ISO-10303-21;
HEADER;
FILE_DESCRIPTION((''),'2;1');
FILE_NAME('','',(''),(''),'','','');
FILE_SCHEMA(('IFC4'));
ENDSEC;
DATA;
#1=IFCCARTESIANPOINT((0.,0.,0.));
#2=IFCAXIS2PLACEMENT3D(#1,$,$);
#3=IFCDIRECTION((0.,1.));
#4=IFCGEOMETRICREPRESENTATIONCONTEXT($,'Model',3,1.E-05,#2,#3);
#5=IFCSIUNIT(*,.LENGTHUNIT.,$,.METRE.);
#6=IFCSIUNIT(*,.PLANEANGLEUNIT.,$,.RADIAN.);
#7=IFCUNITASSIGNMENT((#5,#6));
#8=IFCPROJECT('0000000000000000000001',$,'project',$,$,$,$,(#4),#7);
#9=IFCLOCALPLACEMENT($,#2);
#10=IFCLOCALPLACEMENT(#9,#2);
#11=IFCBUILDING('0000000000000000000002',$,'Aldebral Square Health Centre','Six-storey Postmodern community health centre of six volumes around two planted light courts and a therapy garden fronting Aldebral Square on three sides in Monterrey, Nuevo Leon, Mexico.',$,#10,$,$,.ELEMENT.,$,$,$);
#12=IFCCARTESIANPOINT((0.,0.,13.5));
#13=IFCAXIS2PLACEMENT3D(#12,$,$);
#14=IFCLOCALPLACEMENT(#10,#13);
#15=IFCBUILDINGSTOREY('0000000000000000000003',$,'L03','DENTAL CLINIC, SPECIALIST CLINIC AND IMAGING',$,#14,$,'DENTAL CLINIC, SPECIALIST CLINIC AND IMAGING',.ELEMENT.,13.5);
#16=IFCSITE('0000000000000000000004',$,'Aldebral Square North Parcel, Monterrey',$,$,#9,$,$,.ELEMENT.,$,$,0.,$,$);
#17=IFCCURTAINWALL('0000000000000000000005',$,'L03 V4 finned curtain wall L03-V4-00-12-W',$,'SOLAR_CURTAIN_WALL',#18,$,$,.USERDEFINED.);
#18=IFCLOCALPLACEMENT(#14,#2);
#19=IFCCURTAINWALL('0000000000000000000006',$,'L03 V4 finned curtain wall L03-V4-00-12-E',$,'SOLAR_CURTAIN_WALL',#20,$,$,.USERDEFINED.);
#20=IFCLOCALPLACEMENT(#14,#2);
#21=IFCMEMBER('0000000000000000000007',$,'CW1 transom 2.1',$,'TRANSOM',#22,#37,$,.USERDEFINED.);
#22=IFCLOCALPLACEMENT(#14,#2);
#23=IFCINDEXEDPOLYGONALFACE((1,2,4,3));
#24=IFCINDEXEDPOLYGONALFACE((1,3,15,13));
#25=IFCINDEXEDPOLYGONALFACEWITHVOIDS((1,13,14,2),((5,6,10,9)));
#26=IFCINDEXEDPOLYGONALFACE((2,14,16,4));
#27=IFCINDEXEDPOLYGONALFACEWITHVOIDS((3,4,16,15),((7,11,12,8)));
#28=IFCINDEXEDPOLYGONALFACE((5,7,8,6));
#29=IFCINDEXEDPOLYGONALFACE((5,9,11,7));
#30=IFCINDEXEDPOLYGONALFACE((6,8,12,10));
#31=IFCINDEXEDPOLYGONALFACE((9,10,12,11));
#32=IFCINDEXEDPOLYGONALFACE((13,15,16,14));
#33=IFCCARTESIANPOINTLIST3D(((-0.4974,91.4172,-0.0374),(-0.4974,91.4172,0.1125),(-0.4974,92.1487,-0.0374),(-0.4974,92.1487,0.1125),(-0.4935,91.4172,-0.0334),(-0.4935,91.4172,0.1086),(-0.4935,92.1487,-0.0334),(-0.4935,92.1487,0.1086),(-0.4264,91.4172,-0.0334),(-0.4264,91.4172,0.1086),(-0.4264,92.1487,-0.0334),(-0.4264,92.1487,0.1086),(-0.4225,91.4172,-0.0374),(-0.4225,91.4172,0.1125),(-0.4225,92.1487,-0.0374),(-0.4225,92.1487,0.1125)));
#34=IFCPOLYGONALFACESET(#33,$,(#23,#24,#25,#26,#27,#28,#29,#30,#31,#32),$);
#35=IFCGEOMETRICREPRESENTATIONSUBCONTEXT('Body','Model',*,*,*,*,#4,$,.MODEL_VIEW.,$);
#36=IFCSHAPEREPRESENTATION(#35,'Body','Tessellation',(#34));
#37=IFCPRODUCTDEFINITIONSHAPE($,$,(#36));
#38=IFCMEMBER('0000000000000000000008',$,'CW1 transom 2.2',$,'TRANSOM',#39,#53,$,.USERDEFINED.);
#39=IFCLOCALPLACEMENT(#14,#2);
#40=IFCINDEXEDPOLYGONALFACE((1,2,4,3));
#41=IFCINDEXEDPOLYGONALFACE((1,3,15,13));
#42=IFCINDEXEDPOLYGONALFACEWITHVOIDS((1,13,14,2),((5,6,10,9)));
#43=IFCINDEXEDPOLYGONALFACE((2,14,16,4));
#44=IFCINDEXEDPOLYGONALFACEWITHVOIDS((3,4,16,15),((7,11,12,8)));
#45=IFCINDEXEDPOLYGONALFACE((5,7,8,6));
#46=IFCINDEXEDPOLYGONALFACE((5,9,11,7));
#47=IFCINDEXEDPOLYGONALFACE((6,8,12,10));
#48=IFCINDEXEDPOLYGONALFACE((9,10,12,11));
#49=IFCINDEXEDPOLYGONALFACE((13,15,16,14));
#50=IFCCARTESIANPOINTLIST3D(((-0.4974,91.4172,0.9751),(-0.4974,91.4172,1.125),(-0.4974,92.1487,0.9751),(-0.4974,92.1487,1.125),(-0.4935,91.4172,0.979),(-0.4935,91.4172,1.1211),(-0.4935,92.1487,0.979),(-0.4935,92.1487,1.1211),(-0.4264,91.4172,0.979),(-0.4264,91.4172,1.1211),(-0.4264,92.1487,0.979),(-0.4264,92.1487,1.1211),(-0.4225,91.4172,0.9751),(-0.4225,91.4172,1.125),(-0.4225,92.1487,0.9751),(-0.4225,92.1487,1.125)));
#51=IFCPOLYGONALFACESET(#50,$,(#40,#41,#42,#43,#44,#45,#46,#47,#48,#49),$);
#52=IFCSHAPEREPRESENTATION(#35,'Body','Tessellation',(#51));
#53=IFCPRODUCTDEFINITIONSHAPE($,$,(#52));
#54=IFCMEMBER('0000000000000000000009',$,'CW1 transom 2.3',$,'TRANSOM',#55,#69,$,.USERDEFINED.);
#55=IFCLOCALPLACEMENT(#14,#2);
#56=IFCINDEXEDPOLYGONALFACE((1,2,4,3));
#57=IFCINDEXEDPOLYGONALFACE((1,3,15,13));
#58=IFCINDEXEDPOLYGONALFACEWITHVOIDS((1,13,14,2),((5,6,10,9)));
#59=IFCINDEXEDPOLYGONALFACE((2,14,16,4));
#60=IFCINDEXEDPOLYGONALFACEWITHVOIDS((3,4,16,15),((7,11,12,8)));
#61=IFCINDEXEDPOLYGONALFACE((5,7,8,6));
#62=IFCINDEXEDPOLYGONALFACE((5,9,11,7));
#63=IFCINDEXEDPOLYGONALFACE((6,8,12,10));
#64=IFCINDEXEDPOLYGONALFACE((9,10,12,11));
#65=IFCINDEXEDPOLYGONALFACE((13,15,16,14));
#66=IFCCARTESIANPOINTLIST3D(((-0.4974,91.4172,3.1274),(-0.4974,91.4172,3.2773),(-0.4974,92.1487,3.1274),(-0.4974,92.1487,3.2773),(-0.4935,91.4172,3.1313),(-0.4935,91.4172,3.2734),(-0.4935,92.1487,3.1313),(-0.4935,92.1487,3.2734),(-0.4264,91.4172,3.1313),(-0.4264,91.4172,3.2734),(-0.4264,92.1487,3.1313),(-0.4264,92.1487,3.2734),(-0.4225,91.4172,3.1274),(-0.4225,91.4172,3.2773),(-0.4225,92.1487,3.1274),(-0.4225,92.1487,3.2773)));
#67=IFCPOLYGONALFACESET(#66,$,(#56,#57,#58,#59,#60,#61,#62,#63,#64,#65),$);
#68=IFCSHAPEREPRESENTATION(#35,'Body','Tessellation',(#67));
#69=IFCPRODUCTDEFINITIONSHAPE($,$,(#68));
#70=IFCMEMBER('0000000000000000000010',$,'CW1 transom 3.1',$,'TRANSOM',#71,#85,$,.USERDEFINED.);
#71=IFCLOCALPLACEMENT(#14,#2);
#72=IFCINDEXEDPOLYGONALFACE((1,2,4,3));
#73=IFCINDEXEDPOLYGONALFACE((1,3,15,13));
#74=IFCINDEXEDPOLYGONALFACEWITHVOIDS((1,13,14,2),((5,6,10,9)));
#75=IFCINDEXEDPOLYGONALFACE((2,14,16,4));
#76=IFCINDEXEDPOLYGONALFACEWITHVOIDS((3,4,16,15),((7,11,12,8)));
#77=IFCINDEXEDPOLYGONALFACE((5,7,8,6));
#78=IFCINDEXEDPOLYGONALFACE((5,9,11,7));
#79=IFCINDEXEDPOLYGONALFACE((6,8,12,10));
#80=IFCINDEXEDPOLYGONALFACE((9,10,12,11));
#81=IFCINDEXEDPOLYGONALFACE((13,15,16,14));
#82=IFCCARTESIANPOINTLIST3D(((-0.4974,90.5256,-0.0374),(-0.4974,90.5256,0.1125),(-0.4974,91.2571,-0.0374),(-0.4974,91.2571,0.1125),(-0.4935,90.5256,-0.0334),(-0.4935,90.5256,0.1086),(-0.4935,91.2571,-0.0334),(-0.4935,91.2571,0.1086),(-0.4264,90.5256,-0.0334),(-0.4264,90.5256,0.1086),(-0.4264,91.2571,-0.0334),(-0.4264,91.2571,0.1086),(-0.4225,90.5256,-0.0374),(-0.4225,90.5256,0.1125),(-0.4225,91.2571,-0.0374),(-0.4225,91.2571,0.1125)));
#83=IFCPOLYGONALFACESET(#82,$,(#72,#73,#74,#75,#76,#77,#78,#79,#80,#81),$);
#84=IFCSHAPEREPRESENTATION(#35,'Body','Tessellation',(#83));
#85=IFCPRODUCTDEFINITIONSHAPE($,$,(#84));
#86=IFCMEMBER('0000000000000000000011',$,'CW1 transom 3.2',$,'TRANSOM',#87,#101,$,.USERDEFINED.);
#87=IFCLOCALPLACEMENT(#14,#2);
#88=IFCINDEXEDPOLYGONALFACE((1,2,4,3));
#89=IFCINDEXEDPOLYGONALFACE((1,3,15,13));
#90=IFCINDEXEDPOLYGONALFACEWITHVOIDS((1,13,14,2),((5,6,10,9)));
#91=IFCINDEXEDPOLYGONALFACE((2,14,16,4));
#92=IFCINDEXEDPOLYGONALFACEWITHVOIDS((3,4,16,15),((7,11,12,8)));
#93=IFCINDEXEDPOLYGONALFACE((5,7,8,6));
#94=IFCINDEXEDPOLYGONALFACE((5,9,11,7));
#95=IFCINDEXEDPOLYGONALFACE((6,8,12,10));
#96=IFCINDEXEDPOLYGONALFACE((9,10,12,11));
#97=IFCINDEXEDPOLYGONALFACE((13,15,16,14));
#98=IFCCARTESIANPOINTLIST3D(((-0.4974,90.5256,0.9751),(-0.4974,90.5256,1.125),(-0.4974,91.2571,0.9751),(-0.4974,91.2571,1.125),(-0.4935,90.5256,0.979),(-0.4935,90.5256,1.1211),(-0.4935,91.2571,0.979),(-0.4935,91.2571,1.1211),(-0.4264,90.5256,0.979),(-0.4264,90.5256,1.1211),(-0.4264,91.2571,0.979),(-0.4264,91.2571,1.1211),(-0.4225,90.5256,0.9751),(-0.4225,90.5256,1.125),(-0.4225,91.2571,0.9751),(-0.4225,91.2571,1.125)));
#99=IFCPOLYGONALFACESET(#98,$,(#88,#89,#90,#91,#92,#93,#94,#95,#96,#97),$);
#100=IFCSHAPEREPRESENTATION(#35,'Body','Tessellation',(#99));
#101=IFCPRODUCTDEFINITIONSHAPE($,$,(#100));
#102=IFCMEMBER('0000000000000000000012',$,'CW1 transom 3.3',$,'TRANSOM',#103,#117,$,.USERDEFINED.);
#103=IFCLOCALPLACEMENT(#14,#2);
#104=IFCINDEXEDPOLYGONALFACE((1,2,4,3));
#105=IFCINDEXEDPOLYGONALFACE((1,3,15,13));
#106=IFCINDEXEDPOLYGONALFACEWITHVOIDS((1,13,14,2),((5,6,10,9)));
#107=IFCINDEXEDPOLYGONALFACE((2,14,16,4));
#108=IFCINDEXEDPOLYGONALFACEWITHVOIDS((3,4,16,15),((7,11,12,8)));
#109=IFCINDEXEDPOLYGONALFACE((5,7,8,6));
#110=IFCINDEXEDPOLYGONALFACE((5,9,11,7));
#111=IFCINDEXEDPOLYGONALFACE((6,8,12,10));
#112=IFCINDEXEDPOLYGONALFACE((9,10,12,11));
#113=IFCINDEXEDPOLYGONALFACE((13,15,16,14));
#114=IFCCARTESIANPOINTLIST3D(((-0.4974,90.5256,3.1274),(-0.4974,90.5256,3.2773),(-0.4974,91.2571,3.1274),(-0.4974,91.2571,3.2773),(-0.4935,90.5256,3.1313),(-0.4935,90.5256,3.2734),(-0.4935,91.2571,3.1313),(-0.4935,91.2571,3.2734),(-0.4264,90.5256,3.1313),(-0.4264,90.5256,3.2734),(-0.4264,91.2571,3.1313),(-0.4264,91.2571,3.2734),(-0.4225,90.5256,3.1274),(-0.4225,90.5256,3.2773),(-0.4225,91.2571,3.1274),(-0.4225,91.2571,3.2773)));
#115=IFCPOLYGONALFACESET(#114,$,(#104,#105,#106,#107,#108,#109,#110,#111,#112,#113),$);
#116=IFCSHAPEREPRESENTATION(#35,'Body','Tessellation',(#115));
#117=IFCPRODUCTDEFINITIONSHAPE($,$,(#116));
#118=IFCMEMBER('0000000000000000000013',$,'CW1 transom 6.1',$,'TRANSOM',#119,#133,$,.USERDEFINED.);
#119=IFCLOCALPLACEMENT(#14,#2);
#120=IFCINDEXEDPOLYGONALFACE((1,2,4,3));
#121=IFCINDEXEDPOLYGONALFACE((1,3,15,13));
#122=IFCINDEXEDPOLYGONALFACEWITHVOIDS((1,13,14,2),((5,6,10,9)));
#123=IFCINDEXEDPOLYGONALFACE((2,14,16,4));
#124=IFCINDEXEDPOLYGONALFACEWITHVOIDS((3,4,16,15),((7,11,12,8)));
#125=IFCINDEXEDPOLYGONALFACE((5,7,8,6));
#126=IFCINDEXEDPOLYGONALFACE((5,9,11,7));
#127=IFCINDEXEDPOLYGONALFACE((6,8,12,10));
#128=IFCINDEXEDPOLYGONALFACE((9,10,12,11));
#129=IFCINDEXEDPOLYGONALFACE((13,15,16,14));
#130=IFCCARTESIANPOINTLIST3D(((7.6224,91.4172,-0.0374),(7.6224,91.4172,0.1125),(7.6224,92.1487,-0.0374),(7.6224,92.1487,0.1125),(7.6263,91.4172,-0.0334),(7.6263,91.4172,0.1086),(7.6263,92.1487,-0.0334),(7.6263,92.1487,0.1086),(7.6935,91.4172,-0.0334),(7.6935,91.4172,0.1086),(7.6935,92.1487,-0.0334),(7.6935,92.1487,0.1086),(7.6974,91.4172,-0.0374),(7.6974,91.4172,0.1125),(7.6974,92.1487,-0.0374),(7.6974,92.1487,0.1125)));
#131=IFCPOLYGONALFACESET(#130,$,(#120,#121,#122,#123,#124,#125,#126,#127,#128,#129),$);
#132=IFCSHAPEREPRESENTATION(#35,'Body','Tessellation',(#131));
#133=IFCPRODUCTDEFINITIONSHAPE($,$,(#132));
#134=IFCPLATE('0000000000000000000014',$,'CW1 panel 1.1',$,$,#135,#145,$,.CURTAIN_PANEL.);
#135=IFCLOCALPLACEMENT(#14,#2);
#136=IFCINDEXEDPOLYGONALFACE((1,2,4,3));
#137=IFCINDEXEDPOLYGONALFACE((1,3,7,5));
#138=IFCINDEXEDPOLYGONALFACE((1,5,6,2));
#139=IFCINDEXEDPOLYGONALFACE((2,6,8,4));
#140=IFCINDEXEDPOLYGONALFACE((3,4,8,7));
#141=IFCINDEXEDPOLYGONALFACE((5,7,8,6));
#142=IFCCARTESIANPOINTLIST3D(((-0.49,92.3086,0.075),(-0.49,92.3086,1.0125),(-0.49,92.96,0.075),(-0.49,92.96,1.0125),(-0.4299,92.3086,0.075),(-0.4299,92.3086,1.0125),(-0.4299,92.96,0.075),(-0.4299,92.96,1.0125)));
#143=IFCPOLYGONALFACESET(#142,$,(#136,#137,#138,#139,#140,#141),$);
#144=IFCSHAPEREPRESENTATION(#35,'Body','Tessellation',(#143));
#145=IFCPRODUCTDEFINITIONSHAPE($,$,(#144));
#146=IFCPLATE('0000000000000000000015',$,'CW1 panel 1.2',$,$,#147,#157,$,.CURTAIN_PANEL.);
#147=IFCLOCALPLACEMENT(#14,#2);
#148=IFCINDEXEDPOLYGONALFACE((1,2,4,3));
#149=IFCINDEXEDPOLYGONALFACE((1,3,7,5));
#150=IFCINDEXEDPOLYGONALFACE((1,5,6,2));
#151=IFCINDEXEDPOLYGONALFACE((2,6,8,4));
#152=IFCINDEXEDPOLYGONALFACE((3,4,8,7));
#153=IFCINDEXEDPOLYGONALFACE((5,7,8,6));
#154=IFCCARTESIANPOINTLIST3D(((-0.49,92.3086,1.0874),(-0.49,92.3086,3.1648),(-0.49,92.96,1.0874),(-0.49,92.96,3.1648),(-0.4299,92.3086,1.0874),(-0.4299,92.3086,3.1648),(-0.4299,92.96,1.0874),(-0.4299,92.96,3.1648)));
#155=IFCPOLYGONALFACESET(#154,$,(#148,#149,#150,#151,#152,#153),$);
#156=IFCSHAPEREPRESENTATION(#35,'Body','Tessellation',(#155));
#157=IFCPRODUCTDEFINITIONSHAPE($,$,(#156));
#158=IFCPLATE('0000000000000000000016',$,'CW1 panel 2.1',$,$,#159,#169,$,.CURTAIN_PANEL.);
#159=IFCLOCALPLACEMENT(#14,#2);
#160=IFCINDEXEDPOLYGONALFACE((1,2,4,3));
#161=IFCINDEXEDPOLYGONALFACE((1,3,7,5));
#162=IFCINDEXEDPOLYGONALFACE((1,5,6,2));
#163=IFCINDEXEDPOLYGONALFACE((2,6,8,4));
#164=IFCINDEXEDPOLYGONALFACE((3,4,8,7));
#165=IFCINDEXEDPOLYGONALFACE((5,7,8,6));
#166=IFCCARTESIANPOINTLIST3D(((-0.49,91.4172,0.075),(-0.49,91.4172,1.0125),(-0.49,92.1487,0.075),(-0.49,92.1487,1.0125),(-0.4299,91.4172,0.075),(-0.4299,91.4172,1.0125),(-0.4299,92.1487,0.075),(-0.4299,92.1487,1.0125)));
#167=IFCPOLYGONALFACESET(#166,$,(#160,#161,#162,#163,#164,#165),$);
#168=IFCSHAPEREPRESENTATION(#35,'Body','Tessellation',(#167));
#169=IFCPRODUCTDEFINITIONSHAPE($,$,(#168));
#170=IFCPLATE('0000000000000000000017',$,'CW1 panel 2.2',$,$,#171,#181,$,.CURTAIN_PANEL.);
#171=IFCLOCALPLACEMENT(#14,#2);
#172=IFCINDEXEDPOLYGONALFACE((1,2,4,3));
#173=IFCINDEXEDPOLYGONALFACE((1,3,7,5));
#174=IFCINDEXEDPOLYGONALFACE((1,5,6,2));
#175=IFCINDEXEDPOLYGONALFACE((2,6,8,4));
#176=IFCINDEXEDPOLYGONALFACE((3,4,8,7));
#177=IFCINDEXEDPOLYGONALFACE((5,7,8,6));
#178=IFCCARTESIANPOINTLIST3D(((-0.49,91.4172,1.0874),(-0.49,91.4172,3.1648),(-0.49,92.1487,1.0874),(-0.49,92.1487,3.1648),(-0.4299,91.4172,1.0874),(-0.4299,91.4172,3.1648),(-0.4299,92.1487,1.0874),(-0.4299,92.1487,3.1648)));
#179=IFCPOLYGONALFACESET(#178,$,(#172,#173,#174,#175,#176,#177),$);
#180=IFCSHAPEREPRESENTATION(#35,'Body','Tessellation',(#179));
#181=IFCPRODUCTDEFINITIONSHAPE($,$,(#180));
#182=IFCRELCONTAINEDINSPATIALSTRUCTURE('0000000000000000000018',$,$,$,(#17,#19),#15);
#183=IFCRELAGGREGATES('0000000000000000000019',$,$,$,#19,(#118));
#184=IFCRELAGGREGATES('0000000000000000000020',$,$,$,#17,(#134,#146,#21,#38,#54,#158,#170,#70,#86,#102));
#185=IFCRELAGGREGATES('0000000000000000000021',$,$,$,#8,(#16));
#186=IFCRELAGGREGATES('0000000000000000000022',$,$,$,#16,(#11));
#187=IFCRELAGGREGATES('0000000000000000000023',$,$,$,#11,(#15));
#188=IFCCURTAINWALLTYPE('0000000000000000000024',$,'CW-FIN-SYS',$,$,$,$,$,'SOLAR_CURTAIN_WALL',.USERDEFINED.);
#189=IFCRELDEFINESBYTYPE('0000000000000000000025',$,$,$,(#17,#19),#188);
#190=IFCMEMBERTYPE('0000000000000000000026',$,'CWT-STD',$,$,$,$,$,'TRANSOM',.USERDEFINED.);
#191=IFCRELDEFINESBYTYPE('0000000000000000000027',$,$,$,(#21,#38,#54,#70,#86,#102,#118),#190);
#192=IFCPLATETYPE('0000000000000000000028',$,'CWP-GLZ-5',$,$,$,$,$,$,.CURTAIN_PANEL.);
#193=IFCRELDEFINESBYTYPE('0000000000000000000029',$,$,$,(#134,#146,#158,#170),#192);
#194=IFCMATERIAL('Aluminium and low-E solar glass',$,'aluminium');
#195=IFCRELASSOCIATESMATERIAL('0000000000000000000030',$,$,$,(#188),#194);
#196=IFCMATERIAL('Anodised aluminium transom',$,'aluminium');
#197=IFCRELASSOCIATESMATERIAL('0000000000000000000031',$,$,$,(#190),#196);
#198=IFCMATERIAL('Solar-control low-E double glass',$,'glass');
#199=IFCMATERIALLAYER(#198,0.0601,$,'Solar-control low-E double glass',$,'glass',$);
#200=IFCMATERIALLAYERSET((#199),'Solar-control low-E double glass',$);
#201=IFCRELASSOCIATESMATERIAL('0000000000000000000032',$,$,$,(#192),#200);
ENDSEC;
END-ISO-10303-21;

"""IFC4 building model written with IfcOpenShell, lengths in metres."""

from ifc_helpers import new_model, si_unit, direction, frame, origin, origin_2d, place, context, subcontext, project, spatial, rectangle, hollow_rectangle, extrude, material, layer, layer_set, material_profile, profile_set, type_object, element, aggregate, save


model = new_model("IFC4")

# Units and contexts
model_context = context("Model", 3, precision=1e-05, world=origin(), true_north=direction((0.0, 1.0)))
body_context = subcontext(model_context, "Body", "Model", "MODEL_VIEW")
ifc_project = project(units=[si_unit("LENGTHUNIT", "METRE"), si_unit("PLANEANGLEUNIT", "RADIAN")], contexts=[model_context])

# Site, building, storey
site_placement = place(None, origin())
site = spatial("IfcSite", under=ifc_project, at=site_placement, Name="Aldebral Square North Parcel, Monterrey", CompositionType="ELEMENT", RefElevation=0.0)
building_placement = place(site_placement, origin())
building = spatial("IfcBuilding", under=site, at=building_placement, Name="Aldebral Square Health Centre", Description="Six-storey Postmodern community health centre of six volumes around two planted light courts and a therapy garden fronting Aldebral Square on three sides in Monterrey, Nuevo Leon, Mexico.", CompositionType="ELEMENT")
storey_placement = place(building_placement, frame((0.0, 0.0, 13.5)))
storey = spatial("IfcBuildingStorey", under=building, at=storey_placement, Name="L03", Description="DENTAL CLINIC, SPECIALIST CLINIC AND IMAGING", LongName="DENTAL CLINIC, SPECIALIST CLINIC AND IMAGING", CompositionType="ELEMENT", Elevation=13.5)

# Curtain wall
ifc_material_1 = material(Name="Aluminium and low-E solar glass", Category="aluminium")
curtain_wall_type = type_object("IfcCurtainWallType", Name="CW-FIN-SYS", ElementType="SOLAR_CURTAIN_WALL", PredefinedType="USERDEFINED", material=ifc_material_1)
curtain_wall_1_placement = place(storey_placement, origin())
curtain_wall_1 = element("IfcCurtainWall", 1, at=curtain_wall_1_placement, inside=storey, type_object=curtain_wall_type, Name="L03 V4 finned curtain wall L03-V4-00-12-W", ObjectType="SOLAR_CURTAIN_WALL", PredefinedType="USERDEFINED")

# Curtain wall
curtain_wall_2_placement = place(storey_placement, origin())
curtain_wall_2 = element("IfcCurtainWall", 2, at=curtain_wall_2_placement, inside=storey, type_object=curtain_wall_type, Name="L03 V4 finned curtain wall L03-V4-00-12-E", ObjectType="SOLAR_CURTAIN_WALL", PredefinedType="USERDEFINED")

# Members
ifc_material_2 = material(Name="Anodised aluminium transom", Category="aluminium")
ifc_material_profile_1 = material_profile(ifc_material_2, hollow_rectangle(XDim=0.075, YDim=0.1499, WallThickness=0.0039, at=origin_2d()), Name="CWT 75x150x4")
ifc_profile_set_1 = profile_set([ifc_material_profile_1], Name="Anodised aluminium transom")
member_type_1 = type_object("IfcMemberType", Name="CWT-STD", ElementType="TRANSOM", PredefinedType="USERDEFINED", material=ifc_profile_set_1)
member_1_placement = place(storey_placement, frame((-0.46, 92.1487, 0.0376), z_axis=(0.0, -1.0, 0.0), x_axis=(1.0, 0.0, 0.0)))
member_1 = element("IfcMember", 3, at=member_1_placement, type_object=member_type_1, Name="CW1 transom 2.1", ObjectType="TRANSOM", PredefinedType="USERDEFINED", context=body_context, shape_type="SweptSolid", body=[
    extrude(hollow_rectangle(XDim=0.075, YDim=0.1499, WallThickness=0.0039, at=origin_2d()), origin(), (0.0, 0.0, 1.0), 0.7314),
])
member_2_placement = place(storey_placement, frame((-0.46, 92.1487, 1.05), z_axis=(0.0, -1.0, 0.0), x_axis=(1.0, 0.0, 0.0)))
member_2 = element("IfcMember", 4, at=member_2_placement, type_object=member_type_1, Name="CW1 transom 2.2", ObjectType="TRANSOM", PredefinedType="USERDEFINED", context=body_context, shape_type="SweptSolid", body=[
    extrude(hollow_rectangle(XDim=0.075, YDim=0.1499, WallThickness=0.0039, at=origin_2d()), origin(), (0.0, 0.0, 1.0), 0.7314),
])
member_3_placement = place(storey_placement, frame((-0.46, 92.1487, 3.2024), z_axis=(0.0, -1.0, 0.0), x_axis=(1.0, 0.0, 0.0)))
member_3 = element("IfcMember", 5, at=member_3_placement, type_object=member_type_1, Name="CW1 transom 2.3", ObjectType="TRANSOM", PredefinedType="USERDEFINED", context=body_context, shape_type="SweptSolid", body=[
    extrude(hollow_rectangle(XDim=0.075, YDim=0.1499, WallThickness=0.0039, at=origin_2d()), origin(), (0.0, 0.0, 1.0), 0.7314),
])
member_4_placement = place(storey_placement, frame((-0.46, 91.2571, 0.0376), z_axis=(0.0, -1.0, 0.0), x_axis=(1.0, 0.0, 0.0)))
member_4 = element("IfcMember", 6, at=member_4_placement, type_object=member_type_1, Name="CW1 transom 3.1", ObjectType="TRANSOM", PredefinedType="USERDEFINED", context=body_context, shape_type="SweptSolid", body=[
    extrude(hollow_rectangle(XDim=0.075, YDim=0.1499, WallThickness=0.0039, at=origin_2d()), origin(), (0.0, 0.0, 1.0), 0.7314),
])
member_5_placement = place(storey_placement, frame((-0.46, 91.2571, 1.05), z_axis=(0.0, -1.0, 0.0), x_axis=(1.0, 0.0, 0.0)))
member_5 = element("IfcMember", 7, at=member_5_placement, type_object=member_type_1, Name="CW1 transom 3.2", ObjectType="TRANSOM", PredefinedType="USERDEFINED", context=body_context, shape_type="SweptSolid", body=[
    extrude(hollow_rectangle(XDim=0.075, YDim=0.1499, WallThickness=0.0039, at=origin_2d()), origin(), (0.0, 0.0, 1.0), 0.7314),
])
member_6_placement = place(storey_placement, frame((-0.46, 91.2571, 3.2024), z_axis=(0.0, -1.0, 0.0), x_axis=(1.0, 0.0, 0.0)))
member_6 = element("IfcMember", 8, at=member_6_placement, type_object=member_type_1, Name="CW1 transom 3.3", ObjectType="TRANSOM", PredefinedType="USERDEFINED", context=body_context, shape_type="SweptSolid", body=[
    extrude(hollow_rectangle(XDim=0.075, YDim=0.1499, WallThickness=0.0039, at=origin_2d()), origin(), (0.0, 0.0, 1.0), 0.7314),
])
member_7_placement = place(storey_placement, frame((7.6599, 91.4172, 0.0376), z_axis=(0.0, 1.0, 0.0), x_axis=(-1.0, 0.0, 0.0)))
member_7 = element("IfcMember", 9, at=member_7_placement, type_object=member_type_1, Name="CW1 transom 6.1", ObjectType="TRANSOM", PredefinedType="USERDEFINED", context=body_context, shape_type="SweptSolid", body=[
    extrude(hollow_rectangle(XDim=0.075, YDim=0.1499, WallThickness=0.0039, at=origin_2d()), origin(), (0.0, 0.0, 1.0), 0.7314),
])
aggregate(curtain_wall_2, [member_7])

# Plates
ifc_material_3 = material(Name="Solar-control low-E double glass", Category="glass")
ifc_layer_1 = layer(ifc_material_3, 0.0601, Name="Solar-control low-E double glass", Category="glass")
ifc_layer_set_1 = layer_set([ifc_layer_1], Name="Solar-control low-E double glass")
plate_type = type_object("IfcPlateType", Name="CWP-GLZ-5", PredefinedType="CURTAIN_PANEL", material=ifc_layer_set_1)
plate_1_placement = place(storey_placement, frame((-0.46, 92.6343, 0.075), z_axis=(0.0, 0.0, 1.0), x_axis=(0.0, -1.0, 0.0)))
plate_1 = element("IfcPlate", 10, at=plate_1_placement, type_object=plate_type, Name="CW1 panel 1.1", PredefinedType="CURTAIN_PANEL", context=body_context, shape_type="SweptSolid", body=[
    extrude(rectangle(XDim=0.6514, YDim=0.0601, at=origin_2d()), origin(), (0.0, 0.0, 1.0), 0.9375),
])
plate_2_placement = place(storey_placement, frame((-0.46, 92.6343, 1.0874), z_axis=(0.0, 0.0, 1.0), x_axis=(0.0, -1.0, 0.0)))
plate_2 = element("IfcPlate", 11, at=plate_2_placement, type_object=plate_type, Name="CW1 panel 1.2", PredefinedType="CURTAIN_PANEL", context=body_context, shape_type="SweptSolid", body=[
    extrude(rectangle(XDim=0.6514, YDim=0.0601, at=origin_2d()), origin(), (0.0, 0.0, 1.0), 2.0774),
])
plate_3_placement = place(storey_placement, frame((-0.46, 91.783, 0.075), z_axis=(0.0, 0.0, 1.0), x_axis=(0.0, -1.0, 0.0)))
plate_3 = element("IfcPlate", 12, at=plate_3_placement, type_object=plate_type, Name="CW1 panel 2.1", PredefinedType="CURTAIN_PANEL", context=body_context, shape_type="SweptSolid", body=[
    extrude(rectangle(XDim=0.7314, YDim=0.0601, at=origin_2d()), origin(), (0.0, 0.0, 1.0), 0.9375),
])
plate_4_placement = place(storey_placement, frame((-0.46, 91.783, 1.0874), z_axis=(0.0, 0.0, 1.0), x_axis=(0.0, -1.0, 0.0)))
plate_4 = element("IfcPlate", 13, at=plate_4_placement, type_object=plate_type, Name="CW1 panel 2.2", PredefinedType="CURTAIN_PANEL", context=body_context, shape_type="SweptSolid", body=[
    extrude(rectangle(XDim=0.7314, YDim=0.0601, at=origin_2d()), origin(), (0.0, 0.0, 1.0), 2.0774),
])
aggregate(curtain_wall_1, [plate_1, plate_2, member_1, member_2, member_3, plate_3, plate_4, member_4, member_5, member_6])

save(model, "model.ifc")
